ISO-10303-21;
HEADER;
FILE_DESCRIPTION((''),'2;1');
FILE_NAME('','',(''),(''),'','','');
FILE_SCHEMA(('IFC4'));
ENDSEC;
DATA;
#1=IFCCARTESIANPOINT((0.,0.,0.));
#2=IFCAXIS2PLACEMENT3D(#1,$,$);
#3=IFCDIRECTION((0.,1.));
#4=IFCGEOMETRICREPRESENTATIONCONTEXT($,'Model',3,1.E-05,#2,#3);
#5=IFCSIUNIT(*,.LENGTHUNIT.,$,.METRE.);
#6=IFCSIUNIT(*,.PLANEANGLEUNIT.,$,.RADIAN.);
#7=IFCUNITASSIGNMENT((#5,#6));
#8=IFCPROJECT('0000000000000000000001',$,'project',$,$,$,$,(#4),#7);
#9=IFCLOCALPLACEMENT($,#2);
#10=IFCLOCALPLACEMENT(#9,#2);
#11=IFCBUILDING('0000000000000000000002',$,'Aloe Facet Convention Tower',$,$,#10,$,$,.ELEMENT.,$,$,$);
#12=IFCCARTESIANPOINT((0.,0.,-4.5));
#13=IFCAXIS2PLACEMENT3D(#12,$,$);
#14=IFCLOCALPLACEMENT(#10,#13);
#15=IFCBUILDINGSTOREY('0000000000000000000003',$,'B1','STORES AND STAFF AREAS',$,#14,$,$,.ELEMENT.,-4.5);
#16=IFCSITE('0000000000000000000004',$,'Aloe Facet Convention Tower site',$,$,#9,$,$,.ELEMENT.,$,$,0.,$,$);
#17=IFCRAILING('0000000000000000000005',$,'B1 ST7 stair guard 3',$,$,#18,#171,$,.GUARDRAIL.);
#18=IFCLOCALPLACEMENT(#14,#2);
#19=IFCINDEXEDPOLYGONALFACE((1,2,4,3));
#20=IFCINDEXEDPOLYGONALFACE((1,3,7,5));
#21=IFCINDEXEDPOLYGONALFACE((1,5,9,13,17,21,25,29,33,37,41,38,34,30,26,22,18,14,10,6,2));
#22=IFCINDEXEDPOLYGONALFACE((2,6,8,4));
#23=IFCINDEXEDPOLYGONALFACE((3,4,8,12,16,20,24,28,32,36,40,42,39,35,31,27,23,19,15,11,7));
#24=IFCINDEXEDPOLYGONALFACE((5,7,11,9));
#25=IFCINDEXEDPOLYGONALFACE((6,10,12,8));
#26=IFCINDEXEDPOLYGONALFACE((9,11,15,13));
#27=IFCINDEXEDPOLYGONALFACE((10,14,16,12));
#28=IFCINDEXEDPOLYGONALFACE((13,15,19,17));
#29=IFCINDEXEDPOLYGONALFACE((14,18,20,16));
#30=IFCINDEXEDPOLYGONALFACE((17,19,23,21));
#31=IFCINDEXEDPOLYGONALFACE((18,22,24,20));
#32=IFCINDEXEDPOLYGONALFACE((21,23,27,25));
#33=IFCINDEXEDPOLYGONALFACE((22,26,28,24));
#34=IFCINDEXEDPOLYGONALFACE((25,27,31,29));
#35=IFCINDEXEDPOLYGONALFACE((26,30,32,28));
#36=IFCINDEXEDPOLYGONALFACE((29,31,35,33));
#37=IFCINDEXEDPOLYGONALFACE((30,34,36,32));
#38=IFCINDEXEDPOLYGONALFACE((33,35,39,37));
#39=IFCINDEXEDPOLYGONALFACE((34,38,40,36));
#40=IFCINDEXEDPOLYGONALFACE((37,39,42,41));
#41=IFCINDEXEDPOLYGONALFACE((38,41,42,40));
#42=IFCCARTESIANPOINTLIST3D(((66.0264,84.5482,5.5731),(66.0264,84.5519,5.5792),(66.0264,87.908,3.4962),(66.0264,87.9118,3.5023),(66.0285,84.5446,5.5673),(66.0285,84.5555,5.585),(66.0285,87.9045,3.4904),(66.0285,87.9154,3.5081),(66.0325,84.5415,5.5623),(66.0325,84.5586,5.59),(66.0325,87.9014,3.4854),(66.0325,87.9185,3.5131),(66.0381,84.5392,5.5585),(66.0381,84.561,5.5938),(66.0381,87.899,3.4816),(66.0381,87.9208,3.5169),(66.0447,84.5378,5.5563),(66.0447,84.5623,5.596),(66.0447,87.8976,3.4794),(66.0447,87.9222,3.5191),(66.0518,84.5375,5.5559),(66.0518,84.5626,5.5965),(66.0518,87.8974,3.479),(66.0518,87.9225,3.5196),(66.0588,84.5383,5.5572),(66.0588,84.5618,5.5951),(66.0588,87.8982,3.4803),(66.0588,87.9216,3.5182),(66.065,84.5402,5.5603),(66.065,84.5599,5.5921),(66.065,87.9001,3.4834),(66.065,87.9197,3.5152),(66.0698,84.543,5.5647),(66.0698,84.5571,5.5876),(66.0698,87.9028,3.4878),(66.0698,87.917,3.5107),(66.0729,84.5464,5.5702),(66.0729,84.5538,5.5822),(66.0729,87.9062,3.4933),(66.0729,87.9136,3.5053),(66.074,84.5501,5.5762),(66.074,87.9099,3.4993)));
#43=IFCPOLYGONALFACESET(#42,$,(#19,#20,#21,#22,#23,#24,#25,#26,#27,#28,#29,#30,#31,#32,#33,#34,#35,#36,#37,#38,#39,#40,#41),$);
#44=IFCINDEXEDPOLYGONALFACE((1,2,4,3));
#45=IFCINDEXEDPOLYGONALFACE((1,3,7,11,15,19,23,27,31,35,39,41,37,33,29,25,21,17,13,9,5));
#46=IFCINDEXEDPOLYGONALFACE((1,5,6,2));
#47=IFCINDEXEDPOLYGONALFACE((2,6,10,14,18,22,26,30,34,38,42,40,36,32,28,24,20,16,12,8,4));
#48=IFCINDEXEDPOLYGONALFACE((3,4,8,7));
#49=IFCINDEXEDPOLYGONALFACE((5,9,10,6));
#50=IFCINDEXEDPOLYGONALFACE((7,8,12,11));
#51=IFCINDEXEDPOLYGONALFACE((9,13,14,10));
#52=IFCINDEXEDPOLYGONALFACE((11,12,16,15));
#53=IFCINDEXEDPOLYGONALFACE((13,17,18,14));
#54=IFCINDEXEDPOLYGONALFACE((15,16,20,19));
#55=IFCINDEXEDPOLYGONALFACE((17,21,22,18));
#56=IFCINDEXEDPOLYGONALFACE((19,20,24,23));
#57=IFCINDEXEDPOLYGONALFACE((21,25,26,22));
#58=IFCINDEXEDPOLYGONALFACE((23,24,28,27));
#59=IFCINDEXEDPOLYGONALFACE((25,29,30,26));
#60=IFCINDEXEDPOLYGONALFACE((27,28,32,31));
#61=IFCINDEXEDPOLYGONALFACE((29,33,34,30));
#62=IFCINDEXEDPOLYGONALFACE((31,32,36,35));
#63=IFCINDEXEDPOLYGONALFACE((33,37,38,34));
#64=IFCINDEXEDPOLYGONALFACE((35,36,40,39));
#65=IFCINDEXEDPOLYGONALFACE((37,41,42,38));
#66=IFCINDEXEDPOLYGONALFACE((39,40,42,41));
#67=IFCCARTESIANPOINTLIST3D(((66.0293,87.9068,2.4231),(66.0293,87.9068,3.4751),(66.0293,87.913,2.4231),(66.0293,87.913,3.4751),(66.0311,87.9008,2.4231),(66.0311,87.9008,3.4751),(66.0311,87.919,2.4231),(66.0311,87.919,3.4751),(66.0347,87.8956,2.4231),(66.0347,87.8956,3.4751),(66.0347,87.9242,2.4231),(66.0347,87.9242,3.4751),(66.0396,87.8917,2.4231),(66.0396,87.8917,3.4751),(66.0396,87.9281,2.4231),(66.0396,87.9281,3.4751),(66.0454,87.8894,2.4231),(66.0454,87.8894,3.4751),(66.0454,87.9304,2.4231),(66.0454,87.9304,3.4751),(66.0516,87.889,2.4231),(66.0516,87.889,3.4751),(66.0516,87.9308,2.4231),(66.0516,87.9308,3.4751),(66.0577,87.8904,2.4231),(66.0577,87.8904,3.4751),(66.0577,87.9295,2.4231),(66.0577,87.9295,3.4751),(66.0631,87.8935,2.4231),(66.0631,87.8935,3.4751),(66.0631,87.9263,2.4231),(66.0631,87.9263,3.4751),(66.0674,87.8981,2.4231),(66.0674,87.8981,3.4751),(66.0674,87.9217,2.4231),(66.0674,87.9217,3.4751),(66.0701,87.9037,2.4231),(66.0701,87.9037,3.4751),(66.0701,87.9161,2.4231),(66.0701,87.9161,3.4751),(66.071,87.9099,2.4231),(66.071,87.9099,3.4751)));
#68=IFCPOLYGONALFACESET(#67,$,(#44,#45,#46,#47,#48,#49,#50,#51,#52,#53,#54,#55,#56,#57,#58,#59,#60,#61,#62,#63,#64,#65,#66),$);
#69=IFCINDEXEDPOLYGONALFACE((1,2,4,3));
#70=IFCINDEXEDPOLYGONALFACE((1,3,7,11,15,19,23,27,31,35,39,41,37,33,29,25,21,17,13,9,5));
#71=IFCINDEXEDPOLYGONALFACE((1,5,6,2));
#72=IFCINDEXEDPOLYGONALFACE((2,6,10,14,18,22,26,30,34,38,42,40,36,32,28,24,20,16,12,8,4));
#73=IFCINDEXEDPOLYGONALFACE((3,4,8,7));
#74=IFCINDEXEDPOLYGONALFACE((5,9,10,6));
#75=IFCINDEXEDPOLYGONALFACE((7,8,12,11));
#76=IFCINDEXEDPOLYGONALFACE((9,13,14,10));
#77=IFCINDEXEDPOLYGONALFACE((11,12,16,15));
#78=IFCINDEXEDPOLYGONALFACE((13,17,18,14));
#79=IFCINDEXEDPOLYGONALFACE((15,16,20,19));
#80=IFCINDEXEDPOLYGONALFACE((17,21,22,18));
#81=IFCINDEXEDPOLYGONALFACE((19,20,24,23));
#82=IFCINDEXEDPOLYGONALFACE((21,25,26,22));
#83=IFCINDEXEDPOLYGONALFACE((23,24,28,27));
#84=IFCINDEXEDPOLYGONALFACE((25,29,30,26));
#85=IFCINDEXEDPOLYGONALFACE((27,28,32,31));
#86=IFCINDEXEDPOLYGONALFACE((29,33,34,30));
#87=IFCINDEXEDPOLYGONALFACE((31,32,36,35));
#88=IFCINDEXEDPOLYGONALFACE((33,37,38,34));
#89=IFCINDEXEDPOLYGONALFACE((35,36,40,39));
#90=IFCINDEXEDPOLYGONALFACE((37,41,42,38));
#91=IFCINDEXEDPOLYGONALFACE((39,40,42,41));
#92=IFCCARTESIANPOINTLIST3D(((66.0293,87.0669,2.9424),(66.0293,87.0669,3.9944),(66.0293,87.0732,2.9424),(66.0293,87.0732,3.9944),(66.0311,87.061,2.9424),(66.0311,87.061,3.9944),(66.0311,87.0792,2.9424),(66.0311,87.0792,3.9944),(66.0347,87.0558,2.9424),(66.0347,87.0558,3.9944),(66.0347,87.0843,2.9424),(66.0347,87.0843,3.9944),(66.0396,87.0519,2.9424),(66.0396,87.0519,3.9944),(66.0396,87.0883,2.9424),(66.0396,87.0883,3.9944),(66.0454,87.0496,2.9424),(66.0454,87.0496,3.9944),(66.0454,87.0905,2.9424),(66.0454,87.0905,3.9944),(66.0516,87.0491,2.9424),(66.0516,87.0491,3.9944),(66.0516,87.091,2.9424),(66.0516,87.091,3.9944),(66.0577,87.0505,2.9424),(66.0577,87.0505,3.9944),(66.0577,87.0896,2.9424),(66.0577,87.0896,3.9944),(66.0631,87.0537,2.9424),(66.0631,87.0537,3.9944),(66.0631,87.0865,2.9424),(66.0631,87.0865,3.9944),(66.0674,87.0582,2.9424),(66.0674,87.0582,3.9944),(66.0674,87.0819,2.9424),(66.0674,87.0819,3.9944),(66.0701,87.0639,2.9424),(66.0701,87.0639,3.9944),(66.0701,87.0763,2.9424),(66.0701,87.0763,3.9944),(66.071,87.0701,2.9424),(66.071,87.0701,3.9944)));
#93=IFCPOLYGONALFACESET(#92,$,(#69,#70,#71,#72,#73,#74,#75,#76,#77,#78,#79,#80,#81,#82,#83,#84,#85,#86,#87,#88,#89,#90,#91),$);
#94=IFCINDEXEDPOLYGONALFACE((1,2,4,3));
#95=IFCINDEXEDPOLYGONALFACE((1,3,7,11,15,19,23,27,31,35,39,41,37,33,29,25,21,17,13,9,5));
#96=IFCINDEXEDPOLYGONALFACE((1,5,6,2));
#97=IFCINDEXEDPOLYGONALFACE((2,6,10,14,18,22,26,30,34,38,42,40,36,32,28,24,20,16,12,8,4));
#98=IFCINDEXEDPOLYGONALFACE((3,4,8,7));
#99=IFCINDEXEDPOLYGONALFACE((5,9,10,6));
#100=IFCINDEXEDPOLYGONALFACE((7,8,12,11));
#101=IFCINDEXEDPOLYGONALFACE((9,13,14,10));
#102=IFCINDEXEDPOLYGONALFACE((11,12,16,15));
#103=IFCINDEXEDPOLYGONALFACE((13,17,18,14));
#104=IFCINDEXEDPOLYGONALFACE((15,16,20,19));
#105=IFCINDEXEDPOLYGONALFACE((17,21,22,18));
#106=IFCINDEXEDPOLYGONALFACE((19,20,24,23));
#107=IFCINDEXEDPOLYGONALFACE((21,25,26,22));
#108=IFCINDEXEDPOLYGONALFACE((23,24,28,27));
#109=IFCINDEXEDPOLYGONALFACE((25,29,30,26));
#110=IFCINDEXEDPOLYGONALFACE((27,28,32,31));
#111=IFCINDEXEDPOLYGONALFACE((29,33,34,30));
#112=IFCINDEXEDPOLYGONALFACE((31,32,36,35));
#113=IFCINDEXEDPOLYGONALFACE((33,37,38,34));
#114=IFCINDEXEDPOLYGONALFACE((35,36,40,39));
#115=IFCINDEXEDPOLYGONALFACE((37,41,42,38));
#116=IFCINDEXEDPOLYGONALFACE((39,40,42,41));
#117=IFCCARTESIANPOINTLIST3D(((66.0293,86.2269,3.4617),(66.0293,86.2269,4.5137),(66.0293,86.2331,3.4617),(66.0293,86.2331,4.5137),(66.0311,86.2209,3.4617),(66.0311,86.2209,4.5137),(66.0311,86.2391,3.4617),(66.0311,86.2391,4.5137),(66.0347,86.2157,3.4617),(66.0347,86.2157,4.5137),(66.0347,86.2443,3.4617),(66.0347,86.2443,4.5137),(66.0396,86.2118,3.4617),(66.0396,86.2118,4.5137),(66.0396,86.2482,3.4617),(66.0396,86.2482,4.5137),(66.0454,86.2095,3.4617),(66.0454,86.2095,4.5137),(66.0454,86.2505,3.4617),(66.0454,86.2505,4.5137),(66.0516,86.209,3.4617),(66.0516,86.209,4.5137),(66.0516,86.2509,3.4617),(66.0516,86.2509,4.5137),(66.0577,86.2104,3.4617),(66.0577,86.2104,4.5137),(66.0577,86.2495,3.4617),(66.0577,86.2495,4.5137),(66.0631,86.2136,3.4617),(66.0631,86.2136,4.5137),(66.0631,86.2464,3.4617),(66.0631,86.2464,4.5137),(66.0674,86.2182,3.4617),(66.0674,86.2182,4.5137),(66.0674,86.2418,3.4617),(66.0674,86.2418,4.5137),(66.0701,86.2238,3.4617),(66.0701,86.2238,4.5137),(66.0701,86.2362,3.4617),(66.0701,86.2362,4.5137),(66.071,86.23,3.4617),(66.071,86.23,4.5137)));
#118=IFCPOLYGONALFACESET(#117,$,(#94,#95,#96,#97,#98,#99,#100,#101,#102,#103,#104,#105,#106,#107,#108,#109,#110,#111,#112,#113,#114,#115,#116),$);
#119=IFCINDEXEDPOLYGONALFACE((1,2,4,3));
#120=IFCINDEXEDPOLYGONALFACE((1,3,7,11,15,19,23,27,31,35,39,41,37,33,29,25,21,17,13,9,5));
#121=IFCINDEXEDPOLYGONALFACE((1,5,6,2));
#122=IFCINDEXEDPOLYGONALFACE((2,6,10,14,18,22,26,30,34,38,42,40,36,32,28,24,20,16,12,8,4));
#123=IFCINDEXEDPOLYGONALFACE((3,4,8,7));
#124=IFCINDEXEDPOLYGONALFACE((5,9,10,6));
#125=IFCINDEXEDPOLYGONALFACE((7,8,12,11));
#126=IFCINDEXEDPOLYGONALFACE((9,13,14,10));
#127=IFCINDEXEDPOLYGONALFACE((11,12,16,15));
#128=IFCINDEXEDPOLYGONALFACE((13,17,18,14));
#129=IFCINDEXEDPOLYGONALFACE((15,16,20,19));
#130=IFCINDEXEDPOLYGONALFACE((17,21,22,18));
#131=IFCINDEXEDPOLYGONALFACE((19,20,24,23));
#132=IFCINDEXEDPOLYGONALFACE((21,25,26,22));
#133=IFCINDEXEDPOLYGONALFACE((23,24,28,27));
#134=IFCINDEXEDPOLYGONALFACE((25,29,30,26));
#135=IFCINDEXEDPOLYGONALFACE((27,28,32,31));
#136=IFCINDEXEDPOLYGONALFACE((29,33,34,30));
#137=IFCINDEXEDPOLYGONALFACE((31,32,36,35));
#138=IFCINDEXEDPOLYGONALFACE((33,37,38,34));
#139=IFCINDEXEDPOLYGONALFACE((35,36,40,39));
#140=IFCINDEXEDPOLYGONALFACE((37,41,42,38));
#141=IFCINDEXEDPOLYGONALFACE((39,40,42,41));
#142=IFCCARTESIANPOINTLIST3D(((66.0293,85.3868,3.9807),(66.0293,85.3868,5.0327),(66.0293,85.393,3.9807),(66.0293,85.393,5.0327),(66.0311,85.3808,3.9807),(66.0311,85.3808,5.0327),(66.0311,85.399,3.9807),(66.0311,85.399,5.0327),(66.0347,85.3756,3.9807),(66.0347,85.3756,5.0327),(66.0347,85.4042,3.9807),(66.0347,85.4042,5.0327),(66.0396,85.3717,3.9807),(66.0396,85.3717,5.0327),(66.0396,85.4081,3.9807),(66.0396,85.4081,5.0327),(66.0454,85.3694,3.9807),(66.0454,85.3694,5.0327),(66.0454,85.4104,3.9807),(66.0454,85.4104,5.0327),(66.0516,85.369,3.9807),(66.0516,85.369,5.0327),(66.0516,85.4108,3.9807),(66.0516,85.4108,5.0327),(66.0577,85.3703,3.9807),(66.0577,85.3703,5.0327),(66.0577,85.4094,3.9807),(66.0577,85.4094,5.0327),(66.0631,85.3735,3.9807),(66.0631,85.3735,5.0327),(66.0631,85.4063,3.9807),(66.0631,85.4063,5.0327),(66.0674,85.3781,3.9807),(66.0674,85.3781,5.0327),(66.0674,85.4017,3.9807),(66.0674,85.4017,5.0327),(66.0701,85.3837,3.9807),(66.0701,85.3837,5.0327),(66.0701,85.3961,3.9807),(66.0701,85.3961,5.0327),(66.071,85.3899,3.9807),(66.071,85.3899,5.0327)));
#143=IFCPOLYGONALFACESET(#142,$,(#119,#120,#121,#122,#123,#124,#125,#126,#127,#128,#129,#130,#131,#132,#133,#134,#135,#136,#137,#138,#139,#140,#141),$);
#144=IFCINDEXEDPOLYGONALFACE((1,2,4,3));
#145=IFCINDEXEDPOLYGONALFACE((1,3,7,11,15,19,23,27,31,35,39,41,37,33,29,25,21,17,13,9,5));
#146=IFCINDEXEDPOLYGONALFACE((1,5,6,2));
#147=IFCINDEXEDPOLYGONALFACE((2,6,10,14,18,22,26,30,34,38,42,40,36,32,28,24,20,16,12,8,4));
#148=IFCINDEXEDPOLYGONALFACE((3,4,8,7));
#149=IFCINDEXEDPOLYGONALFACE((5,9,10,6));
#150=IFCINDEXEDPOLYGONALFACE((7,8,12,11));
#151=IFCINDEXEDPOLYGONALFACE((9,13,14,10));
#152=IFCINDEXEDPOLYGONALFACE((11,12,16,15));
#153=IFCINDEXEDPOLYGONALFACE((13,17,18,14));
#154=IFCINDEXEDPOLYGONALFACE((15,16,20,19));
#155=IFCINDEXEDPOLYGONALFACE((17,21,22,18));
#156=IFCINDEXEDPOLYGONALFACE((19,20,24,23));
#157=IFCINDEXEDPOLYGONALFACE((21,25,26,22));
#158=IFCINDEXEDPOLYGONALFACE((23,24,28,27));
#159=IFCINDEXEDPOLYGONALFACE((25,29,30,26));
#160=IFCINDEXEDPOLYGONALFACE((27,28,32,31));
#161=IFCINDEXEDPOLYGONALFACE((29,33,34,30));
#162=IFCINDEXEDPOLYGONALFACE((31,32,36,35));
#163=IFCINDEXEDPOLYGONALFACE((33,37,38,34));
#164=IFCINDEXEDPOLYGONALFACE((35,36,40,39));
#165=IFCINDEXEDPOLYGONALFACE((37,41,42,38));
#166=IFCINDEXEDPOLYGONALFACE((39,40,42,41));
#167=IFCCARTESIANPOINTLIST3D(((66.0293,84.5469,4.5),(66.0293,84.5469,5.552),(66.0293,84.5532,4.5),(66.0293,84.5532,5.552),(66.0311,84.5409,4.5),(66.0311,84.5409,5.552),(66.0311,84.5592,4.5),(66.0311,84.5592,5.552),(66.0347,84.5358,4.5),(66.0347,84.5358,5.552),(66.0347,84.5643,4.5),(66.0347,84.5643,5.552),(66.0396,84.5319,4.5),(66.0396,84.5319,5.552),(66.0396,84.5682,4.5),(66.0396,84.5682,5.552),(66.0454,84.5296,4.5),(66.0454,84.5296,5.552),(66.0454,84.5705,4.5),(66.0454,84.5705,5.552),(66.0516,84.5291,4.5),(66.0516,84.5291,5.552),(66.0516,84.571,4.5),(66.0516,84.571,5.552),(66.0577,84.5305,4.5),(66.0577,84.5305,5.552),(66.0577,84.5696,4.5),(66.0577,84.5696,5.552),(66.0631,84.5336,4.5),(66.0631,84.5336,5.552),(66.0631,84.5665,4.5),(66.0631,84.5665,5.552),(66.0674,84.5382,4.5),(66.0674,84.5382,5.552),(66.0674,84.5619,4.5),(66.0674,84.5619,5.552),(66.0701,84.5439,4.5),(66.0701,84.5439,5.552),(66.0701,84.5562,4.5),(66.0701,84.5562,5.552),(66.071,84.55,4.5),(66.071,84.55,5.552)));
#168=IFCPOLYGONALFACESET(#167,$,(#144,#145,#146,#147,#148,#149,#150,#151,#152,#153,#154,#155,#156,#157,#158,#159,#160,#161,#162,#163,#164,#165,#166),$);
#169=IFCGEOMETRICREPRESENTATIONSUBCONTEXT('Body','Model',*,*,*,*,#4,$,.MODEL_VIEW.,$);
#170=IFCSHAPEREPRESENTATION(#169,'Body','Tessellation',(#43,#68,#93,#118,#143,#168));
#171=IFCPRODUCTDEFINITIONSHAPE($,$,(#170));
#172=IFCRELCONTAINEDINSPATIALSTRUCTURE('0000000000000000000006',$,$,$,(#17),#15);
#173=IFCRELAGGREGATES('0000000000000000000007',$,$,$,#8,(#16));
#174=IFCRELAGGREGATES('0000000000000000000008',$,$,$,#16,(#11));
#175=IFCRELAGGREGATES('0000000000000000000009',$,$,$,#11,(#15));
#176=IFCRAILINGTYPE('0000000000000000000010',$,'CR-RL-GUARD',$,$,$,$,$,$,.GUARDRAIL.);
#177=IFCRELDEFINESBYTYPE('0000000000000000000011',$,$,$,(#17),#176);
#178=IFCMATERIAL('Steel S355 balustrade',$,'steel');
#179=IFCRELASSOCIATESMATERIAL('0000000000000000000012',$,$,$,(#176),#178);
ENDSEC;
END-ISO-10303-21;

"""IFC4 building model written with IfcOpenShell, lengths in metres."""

from ifc_helpers import new_model, si_unit, direction, frame, origin, origin_2d, place, context, subcontext, project, spatial, circle, extrude, material, type_object, element, save


model = new_model("IFC4")

# Units and contexts
model_context = context("Model", 3, precision=1e-05, world=origin(), true_north=direction((0.0, 1.0)))
body_context = subcontext(model_context, "Body", "Model", "MODEL_VIEW")
ifc_project = project(units=[si_unit("LENGTHUNIT", "METRE"), si_unit("PLANEANGLEUNIT", "RADIAN")], contexts=[model_context])

# Site, building, storey
site_placement = place(None, origin())
site = spatial("IfcSite", under=ifc_project, at=site_placement, Name="Aloe Facet Convention Tower site", CompositionType="ELEMENT", RefElevation=0.0)
building_placement = place(site_placement, origin())
building = spatial("IfcBuilding", under=site, at=building_placement, Name="Aloe Facet Convention Tower", CompositionType="ELEMENT")
storey_placement = place(building_placement, frame((0.0, 0.0, -4.5)))
storey = spatial("IfcBuildingStorey", under=building, at=storey_placement, Name="B1", Description="STORES AND STAFF AREAS", CompositionType="ELEMENT", Elevation=-4.5)

# Railing
ifc_material_1 = material(Name="Steel S355 balustrade", Category="steel")
railing_type_1 = type_object("IfcRailingType", Name="CR-RL-GUARD", PredefinedType="GUARDRAIL", material=ifc_material_1)
railing_1_placement = place(storey_placement, frame((66.05, 87.9099, 2.4231)))
element("IfcRailing", 1, at=railing_1_placement, inside=storey, type_object=railing_type_1, Name="B1 ST7 stair guard 3", PredefinedType="GUARDRAIL", context=body_context, shape_type="SweptSolid", body=[
    extrude(circle(Radius=0.0239, at=origin_2d()), frame((0.0, 0.0, 1.0762), z_axis=(0.0, -0.850606, 0.525803), x_axis=(1.0, 0.0, 0.0)), (0.0, 0.0, 1.0), 3.95),
    extrude(circle(Radius=0.021, at=origin_2d()), origin(), (0.0, 0.0, 1.0), 1.052),
    extrude(circle(Radius=0.021, at=origin_2d()), frame((0.0, -0.8398, 0.5193)), (0.0, 0.0, 1.0), 1.052),
    extrude(circle(Radius=0.021, at=origin_2d()), frame((0.0, -1.6799, 1.0386)), (0.0, 0.0, 1.0), 1.052),
    extrude(circle(Radius=0.021, at=origin_2d()), frame((0.0, -2.52, 1.5576)), (0.0, 0.0, 1.0), 1.052),
    extrude(circle(Radius=0.021, at=origin_2d()), frame((0.0, -3.3599, 2.0769)), (0.0, 0.0, 1.0), 1.052),
])

save(model, "model.ifc")
